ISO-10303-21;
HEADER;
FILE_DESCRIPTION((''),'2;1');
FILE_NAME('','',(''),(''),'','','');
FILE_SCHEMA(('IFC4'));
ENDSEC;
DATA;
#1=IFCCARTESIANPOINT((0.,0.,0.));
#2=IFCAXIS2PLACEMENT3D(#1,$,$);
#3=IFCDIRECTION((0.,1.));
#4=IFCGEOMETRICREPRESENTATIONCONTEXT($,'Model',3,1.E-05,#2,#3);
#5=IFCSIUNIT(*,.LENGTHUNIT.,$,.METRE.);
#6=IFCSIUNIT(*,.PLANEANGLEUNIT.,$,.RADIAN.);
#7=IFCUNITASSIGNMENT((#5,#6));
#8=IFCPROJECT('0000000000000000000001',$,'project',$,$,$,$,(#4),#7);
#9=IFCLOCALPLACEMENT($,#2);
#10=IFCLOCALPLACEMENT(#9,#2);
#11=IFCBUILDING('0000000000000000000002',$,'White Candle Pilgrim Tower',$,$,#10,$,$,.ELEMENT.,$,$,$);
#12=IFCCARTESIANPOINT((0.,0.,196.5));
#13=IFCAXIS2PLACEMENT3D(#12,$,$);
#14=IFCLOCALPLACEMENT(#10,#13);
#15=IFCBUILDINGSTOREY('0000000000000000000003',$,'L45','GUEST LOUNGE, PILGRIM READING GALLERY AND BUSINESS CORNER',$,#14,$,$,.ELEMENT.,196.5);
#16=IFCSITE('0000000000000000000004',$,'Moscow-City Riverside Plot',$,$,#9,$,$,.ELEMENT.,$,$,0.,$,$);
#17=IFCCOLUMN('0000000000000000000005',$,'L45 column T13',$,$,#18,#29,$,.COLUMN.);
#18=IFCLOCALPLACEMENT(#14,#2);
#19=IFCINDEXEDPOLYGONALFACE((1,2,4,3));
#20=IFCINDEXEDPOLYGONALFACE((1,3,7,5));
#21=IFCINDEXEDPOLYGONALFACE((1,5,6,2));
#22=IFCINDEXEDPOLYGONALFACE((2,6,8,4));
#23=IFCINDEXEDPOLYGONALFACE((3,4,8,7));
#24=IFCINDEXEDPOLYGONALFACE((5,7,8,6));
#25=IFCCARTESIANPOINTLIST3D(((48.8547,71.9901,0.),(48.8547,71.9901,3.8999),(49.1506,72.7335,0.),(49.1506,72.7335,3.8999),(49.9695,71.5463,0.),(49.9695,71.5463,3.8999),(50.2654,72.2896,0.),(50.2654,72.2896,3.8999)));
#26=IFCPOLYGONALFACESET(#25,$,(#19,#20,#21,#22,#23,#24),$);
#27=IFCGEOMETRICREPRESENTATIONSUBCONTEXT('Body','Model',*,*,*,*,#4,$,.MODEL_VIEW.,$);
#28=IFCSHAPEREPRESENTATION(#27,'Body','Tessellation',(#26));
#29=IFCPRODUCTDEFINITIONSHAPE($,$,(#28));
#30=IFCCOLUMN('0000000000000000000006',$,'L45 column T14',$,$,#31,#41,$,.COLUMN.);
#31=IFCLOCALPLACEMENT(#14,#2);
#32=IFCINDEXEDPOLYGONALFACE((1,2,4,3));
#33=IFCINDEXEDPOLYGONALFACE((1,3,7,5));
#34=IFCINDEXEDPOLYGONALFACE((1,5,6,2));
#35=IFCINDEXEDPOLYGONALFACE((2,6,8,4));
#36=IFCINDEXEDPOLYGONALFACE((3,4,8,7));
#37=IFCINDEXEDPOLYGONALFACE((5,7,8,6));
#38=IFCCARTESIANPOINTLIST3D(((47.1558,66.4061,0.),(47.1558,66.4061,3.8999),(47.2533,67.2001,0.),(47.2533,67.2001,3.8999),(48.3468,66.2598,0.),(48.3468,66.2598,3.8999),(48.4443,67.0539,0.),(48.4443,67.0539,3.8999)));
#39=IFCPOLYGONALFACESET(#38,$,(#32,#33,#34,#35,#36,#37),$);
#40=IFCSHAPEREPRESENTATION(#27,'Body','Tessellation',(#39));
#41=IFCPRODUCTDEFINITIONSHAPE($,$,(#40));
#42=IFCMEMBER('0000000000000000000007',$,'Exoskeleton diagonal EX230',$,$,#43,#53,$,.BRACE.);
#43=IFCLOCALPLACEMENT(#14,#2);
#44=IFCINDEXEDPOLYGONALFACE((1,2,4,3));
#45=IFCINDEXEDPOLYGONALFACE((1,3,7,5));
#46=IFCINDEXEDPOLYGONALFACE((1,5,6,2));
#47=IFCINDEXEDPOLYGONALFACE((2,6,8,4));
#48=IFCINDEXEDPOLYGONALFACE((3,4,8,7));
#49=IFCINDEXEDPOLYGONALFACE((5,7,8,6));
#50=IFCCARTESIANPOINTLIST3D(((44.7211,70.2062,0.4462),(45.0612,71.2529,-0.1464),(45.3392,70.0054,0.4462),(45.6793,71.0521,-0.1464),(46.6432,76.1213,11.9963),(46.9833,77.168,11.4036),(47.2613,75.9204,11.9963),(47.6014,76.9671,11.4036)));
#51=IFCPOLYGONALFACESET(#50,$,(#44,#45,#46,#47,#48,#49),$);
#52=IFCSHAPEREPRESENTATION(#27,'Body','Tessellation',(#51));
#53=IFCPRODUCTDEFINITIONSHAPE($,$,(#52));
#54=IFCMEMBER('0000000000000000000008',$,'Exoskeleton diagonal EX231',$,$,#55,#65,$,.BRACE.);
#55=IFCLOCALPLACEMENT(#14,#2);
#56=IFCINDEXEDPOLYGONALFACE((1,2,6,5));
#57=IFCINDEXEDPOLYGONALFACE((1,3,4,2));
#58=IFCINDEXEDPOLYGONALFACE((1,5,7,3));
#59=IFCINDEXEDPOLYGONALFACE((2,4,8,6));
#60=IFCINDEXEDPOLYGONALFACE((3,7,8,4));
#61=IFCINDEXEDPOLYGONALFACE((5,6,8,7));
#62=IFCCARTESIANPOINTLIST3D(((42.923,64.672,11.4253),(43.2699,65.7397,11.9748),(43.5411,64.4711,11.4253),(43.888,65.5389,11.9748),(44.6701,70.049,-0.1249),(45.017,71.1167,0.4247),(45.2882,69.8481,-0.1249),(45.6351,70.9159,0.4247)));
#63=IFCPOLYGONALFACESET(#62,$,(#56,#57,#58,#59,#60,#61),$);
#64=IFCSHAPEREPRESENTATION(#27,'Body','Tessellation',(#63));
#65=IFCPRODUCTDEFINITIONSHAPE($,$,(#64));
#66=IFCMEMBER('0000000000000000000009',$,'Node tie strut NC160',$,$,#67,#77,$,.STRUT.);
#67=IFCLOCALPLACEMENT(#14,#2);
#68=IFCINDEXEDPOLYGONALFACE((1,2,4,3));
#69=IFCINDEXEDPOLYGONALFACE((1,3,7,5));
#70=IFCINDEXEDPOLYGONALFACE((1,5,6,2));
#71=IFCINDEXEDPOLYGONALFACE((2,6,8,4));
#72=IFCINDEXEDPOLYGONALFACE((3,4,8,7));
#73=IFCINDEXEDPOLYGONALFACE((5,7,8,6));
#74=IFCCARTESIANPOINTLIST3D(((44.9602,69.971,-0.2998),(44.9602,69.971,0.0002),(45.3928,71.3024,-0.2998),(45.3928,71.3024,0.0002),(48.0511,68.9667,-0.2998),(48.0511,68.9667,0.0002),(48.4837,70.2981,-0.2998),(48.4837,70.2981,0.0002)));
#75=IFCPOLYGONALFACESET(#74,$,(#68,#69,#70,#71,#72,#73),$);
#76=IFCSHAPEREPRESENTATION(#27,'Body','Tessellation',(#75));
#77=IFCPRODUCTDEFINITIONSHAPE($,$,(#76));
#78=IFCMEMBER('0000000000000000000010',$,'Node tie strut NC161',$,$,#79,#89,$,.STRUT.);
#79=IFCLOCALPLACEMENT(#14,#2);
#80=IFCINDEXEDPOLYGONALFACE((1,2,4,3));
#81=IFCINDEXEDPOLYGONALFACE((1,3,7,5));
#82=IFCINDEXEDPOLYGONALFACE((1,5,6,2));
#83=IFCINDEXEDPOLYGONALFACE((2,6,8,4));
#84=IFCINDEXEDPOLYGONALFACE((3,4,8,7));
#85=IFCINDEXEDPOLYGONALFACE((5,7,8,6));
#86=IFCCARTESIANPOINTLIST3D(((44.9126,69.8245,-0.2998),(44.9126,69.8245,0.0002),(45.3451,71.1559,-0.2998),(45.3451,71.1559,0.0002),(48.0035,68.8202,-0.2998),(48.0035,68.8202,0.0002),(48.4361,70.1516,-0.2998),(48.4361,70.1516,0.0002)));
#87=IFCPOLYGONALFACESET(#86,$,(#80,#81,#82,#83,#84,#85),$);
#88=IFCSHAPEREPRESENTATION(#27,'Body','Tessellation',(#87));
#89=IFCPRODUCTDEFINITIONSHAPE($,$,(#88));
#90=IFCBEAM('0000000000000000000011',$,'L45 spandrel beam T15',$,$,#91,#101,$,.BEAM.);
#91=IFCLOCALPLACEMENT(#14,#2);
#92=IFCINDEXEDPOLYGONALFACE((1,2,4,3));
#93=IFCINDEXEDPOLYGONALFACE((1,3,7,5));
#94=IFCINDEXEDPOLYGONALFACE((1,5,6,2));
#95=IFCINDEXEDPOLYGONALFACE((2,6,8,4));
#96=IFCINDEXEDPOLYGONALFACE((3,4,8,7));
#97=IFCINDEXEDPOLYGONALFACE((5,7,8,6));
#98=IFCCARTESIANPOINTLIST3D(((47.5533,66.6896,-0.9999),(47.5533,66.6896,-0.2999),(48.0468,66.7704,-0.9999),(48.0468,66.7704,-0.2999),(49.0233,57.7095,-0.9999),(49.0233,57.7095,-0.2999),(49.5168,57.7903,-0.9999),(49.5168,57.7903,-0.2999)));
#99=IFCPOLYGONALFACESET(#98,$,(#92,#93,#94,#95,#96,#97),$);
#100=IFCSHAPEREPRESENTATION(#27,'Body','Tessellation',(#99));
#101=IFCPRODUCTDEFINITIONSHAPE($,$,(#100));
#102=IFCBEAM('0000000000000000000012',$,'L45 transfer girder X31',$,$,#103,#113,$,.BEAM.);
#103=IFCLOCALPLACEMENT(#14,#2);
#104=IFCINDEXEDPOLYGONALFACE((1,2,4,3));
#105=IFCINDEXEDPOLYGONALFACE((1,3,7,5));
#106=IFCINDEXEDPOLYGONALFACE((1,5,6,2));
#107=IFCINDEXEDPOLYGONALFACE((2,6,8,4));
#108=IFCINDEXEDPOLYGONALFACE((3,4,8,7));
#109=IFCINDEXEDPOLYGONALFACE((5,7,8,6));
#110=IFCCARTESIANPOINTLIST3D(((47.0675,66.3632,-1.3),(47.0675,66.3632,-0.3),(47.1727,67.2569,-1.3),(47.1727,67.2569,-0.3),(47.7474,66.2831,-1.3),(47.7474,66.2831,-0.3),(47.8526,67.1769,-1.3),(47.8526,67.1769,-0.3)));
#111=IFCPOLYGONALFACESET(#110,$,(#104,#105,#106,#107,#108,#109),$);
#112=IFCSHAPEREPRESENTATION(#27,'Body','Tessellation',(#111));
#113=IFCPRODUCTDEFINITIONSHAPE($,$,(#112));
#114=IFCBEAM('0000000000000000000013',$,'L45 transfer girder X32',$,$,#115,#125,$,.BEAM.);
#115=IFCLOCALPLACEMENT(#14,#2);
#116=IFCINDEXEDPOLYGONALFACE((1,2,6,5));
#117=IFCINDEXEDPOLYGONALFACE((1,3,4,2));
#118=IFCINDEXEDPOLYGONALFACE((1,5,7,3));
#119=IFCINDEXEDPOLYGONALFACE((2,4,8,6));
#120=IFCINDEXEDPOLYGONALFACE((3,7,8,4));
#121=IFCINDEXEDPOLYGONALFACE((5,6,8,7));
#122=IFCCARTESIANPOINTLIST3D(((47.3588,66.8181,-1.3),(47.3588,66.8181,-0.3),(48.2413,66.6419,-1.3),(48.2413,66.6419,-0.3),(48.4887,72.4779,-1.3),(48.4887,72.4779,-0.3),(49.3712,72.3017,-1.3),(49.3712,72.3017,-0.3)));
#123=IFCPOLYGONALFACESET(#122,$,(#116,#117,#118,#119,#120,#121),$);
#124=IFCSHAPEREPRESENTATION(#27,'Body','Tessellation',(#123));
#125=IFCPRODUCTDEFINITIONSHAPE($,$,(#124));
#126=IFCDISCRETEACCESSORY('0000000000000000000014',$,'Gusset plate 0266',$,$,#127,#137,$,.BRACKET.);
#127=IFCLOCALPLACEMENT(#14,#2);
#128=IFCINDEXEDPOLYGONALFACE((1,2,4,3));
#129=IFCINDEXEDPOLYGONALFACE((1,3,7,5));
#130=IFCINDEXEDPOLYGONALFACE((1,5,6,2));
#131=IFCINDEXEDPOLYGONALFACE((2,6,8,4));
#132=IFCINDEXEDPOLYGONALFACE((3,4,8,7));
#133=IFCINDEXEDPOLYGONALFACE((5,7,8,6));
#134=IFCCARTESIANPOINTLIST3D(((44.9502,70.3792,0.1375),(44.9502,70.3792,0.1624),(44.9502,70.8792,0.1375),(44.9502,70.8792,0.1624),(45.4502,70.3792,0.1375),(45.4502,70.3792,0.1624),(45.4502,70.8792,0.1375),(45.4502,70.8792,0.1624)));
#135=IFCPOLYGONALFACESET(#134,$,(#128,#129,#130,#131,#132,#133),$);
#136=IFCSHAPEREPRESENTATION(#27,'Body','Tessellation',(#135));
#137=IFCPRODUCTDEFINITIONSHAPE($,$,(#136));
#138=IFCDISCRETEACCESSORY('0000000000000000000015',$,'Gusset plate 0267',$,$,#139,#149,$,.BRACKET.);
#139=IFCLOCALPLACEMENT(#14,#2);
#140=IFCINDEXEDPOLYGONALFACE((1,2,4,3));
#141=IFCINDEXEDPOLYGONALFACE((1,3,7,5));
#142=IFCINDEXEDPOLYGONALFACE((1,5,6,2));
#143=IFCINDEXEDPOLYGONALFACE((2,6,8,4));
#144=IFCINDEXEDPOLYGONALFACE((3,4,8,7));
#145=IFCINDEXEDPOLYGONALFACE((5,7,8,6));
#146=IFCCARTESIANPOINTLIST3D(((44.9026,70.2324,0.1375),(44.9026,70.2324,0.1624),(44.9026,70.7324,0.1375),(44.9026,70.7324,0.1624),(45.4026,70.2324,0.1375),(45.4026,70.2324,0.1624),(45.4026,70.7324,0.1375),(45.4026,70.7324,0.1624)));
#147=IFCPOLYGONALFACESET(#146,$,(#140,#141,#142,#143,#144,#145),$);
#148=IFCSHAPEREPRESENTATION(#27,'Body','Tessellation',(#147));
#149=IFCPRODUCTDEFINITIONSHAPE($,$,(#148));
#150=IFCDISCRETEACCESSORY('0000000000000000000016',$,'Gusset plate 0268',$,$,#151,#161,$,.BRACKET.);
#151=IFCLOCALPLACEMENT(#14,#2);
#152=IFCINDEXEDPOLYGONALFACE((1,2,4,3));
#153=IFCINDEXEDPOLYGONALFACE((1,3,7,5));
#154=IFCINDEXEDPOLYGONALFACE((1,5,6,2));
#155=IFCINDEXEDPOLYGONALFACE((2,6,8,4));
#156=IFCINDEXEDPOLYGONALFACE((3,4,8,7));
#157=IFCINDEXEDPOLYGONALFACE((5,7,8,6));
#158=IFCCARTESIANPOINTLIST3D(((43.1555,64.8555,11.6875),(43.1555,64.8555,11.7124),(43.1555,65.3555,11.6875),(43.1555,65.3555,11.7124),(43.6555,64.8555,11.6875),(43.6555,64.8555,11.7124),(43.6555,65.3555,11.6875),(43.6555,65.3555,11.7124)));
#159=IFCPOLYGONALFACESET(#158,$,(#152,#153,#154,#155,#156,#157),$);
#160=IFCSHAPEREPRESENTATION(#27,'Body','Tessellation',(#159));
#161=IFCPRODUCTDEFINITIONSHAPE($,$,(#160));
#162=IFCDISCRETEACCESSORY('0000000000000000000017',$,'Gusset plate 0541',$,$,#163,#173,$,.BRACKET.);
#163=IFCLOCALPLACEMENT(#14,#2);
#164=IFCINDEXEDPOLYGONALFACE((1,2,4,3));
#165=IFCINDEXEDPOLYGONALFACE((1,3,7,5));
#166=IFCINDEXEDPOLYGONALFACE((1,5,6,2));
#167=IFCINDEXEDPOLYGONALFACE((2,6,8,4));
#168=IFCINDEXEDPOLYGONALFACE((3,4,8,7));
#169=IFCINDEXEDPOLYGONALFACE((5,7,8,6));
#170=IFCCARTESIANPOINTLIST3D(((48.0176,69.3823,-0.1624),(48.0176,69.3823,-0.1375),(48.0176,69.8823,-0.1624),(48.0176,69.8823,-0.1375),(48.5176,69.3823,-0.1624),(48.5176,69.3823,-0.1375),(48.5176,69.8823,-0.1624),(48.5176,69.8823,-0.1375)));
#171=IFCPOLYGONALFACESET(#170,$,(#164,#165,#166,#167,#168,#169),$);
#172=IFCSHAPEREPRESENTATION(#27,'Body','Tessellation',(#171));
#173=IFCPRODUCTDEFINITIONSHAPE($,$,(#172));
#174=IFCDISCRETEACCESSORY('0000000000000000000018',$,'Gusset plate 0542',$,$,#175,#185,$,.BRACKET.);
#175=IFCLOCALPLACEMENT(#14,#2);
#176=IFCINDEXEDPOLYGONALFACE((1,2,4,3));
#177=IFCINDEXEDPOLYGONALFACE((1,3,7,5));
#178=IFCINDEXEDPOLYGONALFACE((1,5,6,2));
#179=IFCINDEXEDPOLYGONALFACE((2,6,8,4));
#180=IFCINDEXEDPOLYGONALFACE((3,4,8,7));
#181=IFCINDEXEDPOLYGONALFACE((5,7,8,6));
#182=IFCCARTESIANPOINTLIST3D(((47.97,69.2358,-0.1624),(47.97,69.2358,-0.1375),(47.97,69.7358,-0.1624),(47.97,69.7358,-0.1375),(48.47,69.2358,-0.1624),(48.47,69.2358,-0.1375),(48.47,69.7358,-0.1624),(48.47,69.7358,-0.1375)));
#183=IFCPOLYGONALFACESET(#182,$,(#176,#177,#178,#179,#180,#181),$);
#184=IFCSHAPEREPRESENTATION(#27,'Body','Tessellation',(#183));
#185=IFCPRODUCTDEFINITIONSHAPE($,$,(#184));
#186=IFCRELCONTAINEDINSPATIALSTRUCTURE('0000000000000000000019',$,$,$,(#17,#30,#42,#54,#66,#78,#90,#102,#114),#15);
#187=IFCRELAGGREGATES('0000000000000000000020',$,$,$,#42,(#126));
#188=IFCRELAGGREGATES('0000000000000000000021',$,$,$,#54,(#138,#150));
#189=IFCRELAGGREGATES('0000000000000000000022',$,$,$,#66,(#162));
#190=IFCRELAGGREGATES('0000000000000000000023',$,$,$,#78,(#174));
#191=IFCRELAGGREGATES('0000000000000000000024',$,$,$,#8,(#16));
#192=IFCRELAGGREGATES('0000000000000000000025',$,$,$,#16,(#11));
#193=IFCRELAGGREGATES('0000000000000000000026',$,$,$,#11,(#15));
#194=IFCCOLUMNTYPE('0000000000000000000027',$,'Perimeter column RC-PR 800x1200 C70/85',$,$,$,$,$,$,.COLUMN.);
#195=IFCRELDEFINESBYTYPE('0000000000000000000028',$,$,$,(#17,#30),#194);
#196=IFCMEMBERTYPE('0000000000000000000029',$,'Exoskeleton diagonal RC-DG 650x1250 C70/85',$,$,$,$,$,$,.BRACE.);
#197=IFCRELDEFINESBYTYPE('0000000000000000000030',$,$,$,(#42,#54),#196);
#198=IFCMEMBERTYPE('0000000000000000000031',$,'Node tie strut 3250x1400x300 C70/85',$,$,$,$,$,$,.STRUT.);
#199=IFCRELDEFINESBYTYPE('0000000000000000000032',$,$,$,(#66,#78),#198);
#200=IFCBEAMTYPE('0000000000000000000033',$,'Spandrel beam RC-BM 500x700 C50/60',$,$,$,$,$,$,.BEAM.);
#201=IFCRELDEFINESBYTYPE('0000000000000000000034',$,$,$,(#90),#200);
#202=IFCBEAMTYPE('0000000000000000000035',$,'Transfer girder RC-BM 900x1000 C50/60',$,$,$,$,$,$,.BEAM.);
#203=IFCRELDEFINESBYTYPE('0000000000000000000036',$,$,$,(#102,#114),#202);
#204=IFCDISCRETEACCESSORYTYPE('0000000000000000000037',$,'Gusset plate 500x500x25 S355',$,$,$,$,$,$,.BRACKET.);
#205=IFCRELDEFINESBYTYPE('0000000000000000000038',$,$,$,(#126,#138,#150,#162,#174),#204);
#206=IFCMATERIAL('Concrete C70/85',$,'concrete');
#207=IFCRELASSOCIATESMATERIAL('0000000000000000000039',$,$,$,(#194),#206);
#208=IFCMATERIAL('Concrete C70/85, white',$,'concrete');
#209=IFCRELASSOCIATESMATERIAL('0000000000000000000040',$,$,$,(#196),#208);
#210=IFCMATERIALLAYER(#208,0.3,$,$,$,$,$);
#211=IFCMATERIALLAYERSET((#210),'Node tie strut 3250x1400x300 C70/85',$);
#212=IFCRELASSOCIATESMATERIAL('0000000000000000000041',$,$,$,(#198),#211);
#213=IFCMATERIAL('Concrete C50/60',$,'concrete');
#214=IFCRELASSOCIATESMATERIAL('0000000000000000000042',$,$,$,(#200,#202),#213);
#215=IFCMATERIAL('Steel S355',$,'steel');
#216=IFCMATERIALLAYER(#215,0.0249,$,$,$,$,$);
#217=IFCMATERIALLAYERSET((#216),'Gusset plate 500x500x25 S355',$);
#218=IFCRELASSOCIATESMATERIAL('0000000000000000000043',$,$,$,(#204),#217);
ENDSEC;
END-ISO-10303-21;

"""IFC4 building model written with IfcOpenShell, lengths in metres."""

from ifc_helpers import new_model, si_unit, direction, frame, origin, origin_2d, place, context, subcontext, project, spatial, rectangle, extrude, material, layer, layer_set, material_profile, profile_set, type_object, element, aggregate, save


model = new_model("IFC4")

# Units and contexts
model_context = context("Model", 3, precision=1e-05, world=origin(), true_north=direction((0.0, 1.0)))
body_context = subcontext(model_context, "Body", "Model", "MODEL_VIEW")
ifc_project = project(units=[si_unit("LENGTHUNIT", "METRE"), si_unit("PLANEANGLEUNIT", "RADIAN")], contexts=[model_context])

# Site, building, storey
site_placement = place(None, origin())
site = spatial("IfcSite", under=ifc_project, at=site_placement, Name="Moscow-City Riverside Plot", CompositionType="ELEMENT", RefElevation=0.0)
building_placement = place(site_placement, origin())
building = spatial("IfcBuilding", under=site, at=building_placement, Name="White Candle Pilgrim Tower", CompositionType="ELEMENT")
storey_placement = place(building_placement, frame((0.0, 0.0, 196.5)))
storey = spatial("IfcBuildingStorey", under=building, at=storey_placement, Name="L45", Description="GUEST LOUNGE, PILGRIM READING GALLERY AND BUSINESS CORNER", CompositionType="ELEMENT", Elevation=196.5)

# Columns
ifc_material_1 = material(Name="Concrete C70/85", Category="concrete")
ifc_material_profile_1 = material_profile(ifc_material_1, rectangle(XDim=0.8, YDim=1.2, at=origin_2d()), Name="RC-PR 800x1200")
ifc_profile_set_1 = profile_set([ifc_material_profile_1], Name="Concrete C70/85")
column_type = type_object("IfcColumnType", Name="Perimeter column RC-PR 800x1200 C70/85", PredefinedType="COLUMN", material=ifc_profile_set_1)
for number, where, z_axis, x_axis, name in (
    (1, (49.5601, 72.1399, 0.0), (0.0, 0.0, 1.0), (0.36986, 0.929087, 0.0), "L45 column T13"),
    (2, (47.8, 66.73, 0.0), (0.0, 0.0, 1.0), (0.121869, 0.992546, 0.0), "L45 column T14"),
):
    element("IfcColumn", number, at=place(storey_placement, frame(where, z_axis=z_axis, x_axis=x_axis)), inside=storey, type_object=column_type, Name=name, PredefinedType="COLUMN", context=body_context, shape_type="SweptSolid", body=[
        extrude(rectangle(XDim=0.8, YDim=1.2, at=origin_2d()), origin(), (0.0, 0.0, 1.0), 3.8999),
    ])

# Members
ifc_material_2 = material(Name="Concrete C70/85, white", Category="concrete")
ifc_material_profile_2 = material_profile(ifc_material_2, rectangle(XDim=0.6499, YDim=1.25, at=origin_2d()), Name="RC-DG 650x1250")
ifc_profile_set_2 = profile_set([ifc_material_profile_2], Name="Concrete C70/85, white")
member_type_1 = type_object("IfcMemberType", Name="Exoskeleton diagonal RC-DG 650x1250 C70/85", PredefinedType="BRACE", material=ifc_profile_set_2)
member_1_placement = place(storey_placement, frame((45.2002, 70.6292, 0.1499), z_axis=(0.146524, 0.450905, 0.880463), x_axis=(-0.951047, 0.309047, 0.0)))
member_1 = element("IfcMember", 3, at=member_1_placement, inside=storey, type_object=member_type_1, Name="Exoskeleton diagonal EX230", PredefinedType="BRACE", context=body_context, shape_type="SweptSolid", body=[
    extrude(rectangle(XDim=0.6499, YDim=1.25, at=origin_2d()), origin(), (0.0, 0.0, 1.0), 13.1182),
])
member_2_placement = place(storey_placement, frame((45.1526, 70.4824, 0.1499), z_axis=(-0.135858, -0.41813, 0.89817), x_axis=(0.951057, -0.309016, 0.0)))
member_2 = element("IfcMember", 4, at=member_2_placement, inside=storey, type_object=member_type_1, Name="Exoskeleton diagonal EX231", PredefinedType="BRACE", context=body_context, shape_type="SweptSolid", body=[
    extrude(rectangle(XDim=0.6499, YDim=1.25, at=origin_2d()), origin(), (0.0, 0.0, 1.0), 12.8596),
])
ifc_layer_1 = layer(ifc_material_2, 0.3)
ifc_layer_set_1 = layer_set([ifc_layer_1], Name="Node tie strut 3250x1400x300 C70/85")
member_type_2 = type_object("IfcMemberType", Name="Node tie strut 3250x1400x300 C70/85", PredefinedType="STRUT", material=ifc_layer_set_1)
member_3_placement = place(storey_placement, frame((46.7219, 70.1345, -0.2998), z_axis=(0.0, 0.0, 1.0), x_axis=(-0.309017, -0.951057, 0.0)))
member_3 = element("IfcMember", 5, at=member_3_placement, inside=storey, type_object=member_type_2, Name="Node tie strut NC160", PredefinedType="STRUT", context=body_context, shape_type="SweptSolid", body=[
    extrude(rectangle(XDim=1.3999, YDim=3.25, at=origin_2d()), origin(), (0.0, 0.0, 1.0), 0.3),
])
member_4_placement = place(storey_placement, frame((46.6743, 69.988, -0.2998), z_axis=(0.0, 0.0, 1.0), x_axis=(-0.309017, -0.951057, 0.0)))
member_4 = element("IfcMember", 6, at=member_4_placement, inside=storey, type_object=member_type_2, Name="Node tie strut NC161", PredefinedType="STRUT", context=body_context, shape_type="SweptSolid", body=[
    extrude(rectangle(XDim=1.3999, YDim=3.25, at=origin_2d()), origin(), (0.0, 0.0, 1.0), 0.3),
])

# Beams
ifc_material_3 = material(Name="Concrete C50/60", Category="concrete")
ifc_material_profile_3 = material_profile(ifc_material_3, rectangle(XDim=0.5, YDim=0.7, at=origin_2d()), Name="RC-BM 500x700")
ifc_profile_set_3 = profile_set([ifc_material_profile_3], Name="Concrete C50/60")
beam_type_1 = type_object("IfcBeamType", Name="Spandrel beam RC-BM 500x700 C50/60", PredefinedType="BEAM", material=ifc_profile_set_3)
beam_1_placement = place(storey_placement, frame((47.8, 66.73, -0.6499), z_axis=(0.161544, -0.986865, 0.0), x_axis=(0.986865, 0.161544, 0.0)))
element("IfcBeam", 7, at=beam_1_placement, inside=storey, type_object=beam_type_1, Name="L45 spandrel beam T15", PredefinedType="BEAM", context=body_context, shape_type="SweptSolid", body=[
    extrude(rectangle(XDim=0.5, YDim=0.7, at=origin_2d()), origin(), (0.0, 0.0, 1.0), 9.0996),
])
ifc_material_profile_4 = material_profile(ifc_material_3, rectangle(XDim=0.8999, YDim=1.0, at=origin_2d()), Name="RC-BM 900x1000")
ifc_profile_set_4 = profile_set([ifc_material_profile_4], Name="Concrete C50/60")
beam_type_2 = type_object("IfcBeamType", Name="Transfer girder RC-BM 900x1000 C50/60", PredefinedType="BEAM", material=ifc_profile_set_4)
beam_2_placement = place(storey_placement, frame((47.1201, 66.8101, -0.8), z_axis=(0.993136, -0.116965, 0.0), x_axis=(0.116965, 0.993136, 0.0)))
element("IfcBeam", 8, at=beam_2_placement, inside=storey, type_object=beam_type_2, Name="L45 transfer girder X31", PredefinedType="BEAM", context=body_context, shape_type="SweptSolid", body=[
    extrude(rectangle(XDim=0.8999, YDim=1.0, at=origin_2d()), origin(), (0.0, 0.0, 1.0), 0.6846),
])
beam_3_placement = place(storey_placement, frame((47.8, 66.73, -0.8), z_axis=(0.195766, 0.980651, 0.0), x_axis=(-0.980651, 0.195766, 0.0)))
element("IfcBeam", 9, at=beam_3_placement, inside=storey, type_object=beam_type_2, Name="L45 transfer girder X32", PredefinedType="BEAM", context=body_context, shape_type="SweptSolid", body=[
    extrude(rectangle(XDim=0.8999, YDim=1.0, at=origin_2d()), origin(), (0.0, 0.0, 1.0), 5.7715),
])

# Discrete accessories
ifc_material_4 = material(Name="Steel S355", Category="steel")
ifc_layer_2 = layer(ifc_material_4, 0.0249)
ifc_layer_set_2 = layer_set([ifc_layer_2], Name="Gusset plate 500x500x25 S355")
discrete_accessory_type = type_object("IfcDiscreteAccessoryType", Name="Gusset plate 500x500x25 S355", PredefinedType="BRACKET", material=ifc_layer_set_2)
discrete_accessory_1_placement = place(storey_placement, frame((45.2002, 70.6292, 0.1375), z_axis=(0.0, 0.0, 1.0), x_axis=(1.0, 0.0, 0.0)))
discrete_accessory_1 = element("IfcDiscreteAccessory", 10, at=discrete_accessory_1_placement, type_object=discrete_accessory_type, Name="Gusset plate 0266", PredefinedType="BRACKET", context=body_context, shape_type="SweptSolid", body=[
    extrude(rectangle(XDim=0.5, YDim=0.5, at=origin_2d()), origin(), (0.0, 0.0, 1.0), 0.0249),
])
aggregate(member_1, [discrete_accessory_1])
discrete_accessory_2_placement = place(storey_placement, frame((45.1526, 70.4824, 0.1375), z_axis=(0.0, 0.0, 1.0), x_axis=(1.0, 0.0, 0.0)))
discrete_accessory_2 = element("IfcDiscreteAccessory", 11, at=discrete_accessory_2_placement, type_object=discrete_accessory_type, Name="Gusset plate 0267", PredefinedType="BRACKET", context=body_context, shape_type="SweptSolid", body=[
    extrude(rectangle(XDim=0.5, YDim=0.5, at=origin_2d()), origin(), (0.0, 0.0, 1.0), 0.0249),
])
placement = place(building_placement, frame((0.0, 0.0, 208.2)))
discrete_accessory_3_placement = place(placement, frame((43.4055, 65.1055, -0.0125), z_axis=(0.0, 0.0, 1.0), x_axis=(1.0, 0.0, 0.0)))
discrete_accessory_3 = element("IfcDiscreteAccessory", 12, at=discrete_accessory_3_placement, type_object=discrete_accessory_type, Name="Gusset plate 0268", PredefinedType="BRACKET", context=body_context, shape_type="SweptSolid", body=[
    extrude(rectangle(XDim=0.5, YDim=0.5, at=origin_2d()), origin(), (0.0, 0.0, 1.0), 0.0249),
])
aggregate(member_2, [discrete_accessory_2, discrete_accessory_3])
discrete_accessory_4_placement = place(storey_placement, frame((48.2676, 69.6323, -0.1624), z_axis=(0.0, 0.0, 1.0), x_axis=(1.0, 0.0, 0.0)))
discrete_accessory_4 = element("IfcDiscreteAccessory", 13, at=discrete_accessory_4_placement, type_object=discrete_accessory_type, Name="Gusset plate 0541", PredefinedType="BRACKET", context=body_context, shape_type="SweptSolid", body=[
    extrude(rectangle(XDim=0.5, YDim=0.5, at=origin_2d()), origin(), (0.0, 0.0, 1.0), 0.0249),
])
aggregate(member_3, [discrete_accessory_4])
discrete_accessory_5_placement = place(storey_placement, frame((48.22, 69.4858, -0.1624), z_axis=(0.0, 0.0, 1.0), x_axis=(1.0, 0.0, 0.0)))
discrete_accessory_5 = element("IfcDiscreteAccessory", 14, at=discrete_accessory_5_placement, type_object=discrete_accessory_type, Name="Gusset plate 0542", PredefinedType="BRACKET", context=body_context, shape_type="SweptSolid", body=[
    extrude(rectangle(XDim=0.5, YDim=0.5, at=origin_2d()), origin(), (0.0, 0.0, 1.0), 0.0249),
])
aggregate(member_4, [discrete_accessory_5])

save(model, "model.ifc")
